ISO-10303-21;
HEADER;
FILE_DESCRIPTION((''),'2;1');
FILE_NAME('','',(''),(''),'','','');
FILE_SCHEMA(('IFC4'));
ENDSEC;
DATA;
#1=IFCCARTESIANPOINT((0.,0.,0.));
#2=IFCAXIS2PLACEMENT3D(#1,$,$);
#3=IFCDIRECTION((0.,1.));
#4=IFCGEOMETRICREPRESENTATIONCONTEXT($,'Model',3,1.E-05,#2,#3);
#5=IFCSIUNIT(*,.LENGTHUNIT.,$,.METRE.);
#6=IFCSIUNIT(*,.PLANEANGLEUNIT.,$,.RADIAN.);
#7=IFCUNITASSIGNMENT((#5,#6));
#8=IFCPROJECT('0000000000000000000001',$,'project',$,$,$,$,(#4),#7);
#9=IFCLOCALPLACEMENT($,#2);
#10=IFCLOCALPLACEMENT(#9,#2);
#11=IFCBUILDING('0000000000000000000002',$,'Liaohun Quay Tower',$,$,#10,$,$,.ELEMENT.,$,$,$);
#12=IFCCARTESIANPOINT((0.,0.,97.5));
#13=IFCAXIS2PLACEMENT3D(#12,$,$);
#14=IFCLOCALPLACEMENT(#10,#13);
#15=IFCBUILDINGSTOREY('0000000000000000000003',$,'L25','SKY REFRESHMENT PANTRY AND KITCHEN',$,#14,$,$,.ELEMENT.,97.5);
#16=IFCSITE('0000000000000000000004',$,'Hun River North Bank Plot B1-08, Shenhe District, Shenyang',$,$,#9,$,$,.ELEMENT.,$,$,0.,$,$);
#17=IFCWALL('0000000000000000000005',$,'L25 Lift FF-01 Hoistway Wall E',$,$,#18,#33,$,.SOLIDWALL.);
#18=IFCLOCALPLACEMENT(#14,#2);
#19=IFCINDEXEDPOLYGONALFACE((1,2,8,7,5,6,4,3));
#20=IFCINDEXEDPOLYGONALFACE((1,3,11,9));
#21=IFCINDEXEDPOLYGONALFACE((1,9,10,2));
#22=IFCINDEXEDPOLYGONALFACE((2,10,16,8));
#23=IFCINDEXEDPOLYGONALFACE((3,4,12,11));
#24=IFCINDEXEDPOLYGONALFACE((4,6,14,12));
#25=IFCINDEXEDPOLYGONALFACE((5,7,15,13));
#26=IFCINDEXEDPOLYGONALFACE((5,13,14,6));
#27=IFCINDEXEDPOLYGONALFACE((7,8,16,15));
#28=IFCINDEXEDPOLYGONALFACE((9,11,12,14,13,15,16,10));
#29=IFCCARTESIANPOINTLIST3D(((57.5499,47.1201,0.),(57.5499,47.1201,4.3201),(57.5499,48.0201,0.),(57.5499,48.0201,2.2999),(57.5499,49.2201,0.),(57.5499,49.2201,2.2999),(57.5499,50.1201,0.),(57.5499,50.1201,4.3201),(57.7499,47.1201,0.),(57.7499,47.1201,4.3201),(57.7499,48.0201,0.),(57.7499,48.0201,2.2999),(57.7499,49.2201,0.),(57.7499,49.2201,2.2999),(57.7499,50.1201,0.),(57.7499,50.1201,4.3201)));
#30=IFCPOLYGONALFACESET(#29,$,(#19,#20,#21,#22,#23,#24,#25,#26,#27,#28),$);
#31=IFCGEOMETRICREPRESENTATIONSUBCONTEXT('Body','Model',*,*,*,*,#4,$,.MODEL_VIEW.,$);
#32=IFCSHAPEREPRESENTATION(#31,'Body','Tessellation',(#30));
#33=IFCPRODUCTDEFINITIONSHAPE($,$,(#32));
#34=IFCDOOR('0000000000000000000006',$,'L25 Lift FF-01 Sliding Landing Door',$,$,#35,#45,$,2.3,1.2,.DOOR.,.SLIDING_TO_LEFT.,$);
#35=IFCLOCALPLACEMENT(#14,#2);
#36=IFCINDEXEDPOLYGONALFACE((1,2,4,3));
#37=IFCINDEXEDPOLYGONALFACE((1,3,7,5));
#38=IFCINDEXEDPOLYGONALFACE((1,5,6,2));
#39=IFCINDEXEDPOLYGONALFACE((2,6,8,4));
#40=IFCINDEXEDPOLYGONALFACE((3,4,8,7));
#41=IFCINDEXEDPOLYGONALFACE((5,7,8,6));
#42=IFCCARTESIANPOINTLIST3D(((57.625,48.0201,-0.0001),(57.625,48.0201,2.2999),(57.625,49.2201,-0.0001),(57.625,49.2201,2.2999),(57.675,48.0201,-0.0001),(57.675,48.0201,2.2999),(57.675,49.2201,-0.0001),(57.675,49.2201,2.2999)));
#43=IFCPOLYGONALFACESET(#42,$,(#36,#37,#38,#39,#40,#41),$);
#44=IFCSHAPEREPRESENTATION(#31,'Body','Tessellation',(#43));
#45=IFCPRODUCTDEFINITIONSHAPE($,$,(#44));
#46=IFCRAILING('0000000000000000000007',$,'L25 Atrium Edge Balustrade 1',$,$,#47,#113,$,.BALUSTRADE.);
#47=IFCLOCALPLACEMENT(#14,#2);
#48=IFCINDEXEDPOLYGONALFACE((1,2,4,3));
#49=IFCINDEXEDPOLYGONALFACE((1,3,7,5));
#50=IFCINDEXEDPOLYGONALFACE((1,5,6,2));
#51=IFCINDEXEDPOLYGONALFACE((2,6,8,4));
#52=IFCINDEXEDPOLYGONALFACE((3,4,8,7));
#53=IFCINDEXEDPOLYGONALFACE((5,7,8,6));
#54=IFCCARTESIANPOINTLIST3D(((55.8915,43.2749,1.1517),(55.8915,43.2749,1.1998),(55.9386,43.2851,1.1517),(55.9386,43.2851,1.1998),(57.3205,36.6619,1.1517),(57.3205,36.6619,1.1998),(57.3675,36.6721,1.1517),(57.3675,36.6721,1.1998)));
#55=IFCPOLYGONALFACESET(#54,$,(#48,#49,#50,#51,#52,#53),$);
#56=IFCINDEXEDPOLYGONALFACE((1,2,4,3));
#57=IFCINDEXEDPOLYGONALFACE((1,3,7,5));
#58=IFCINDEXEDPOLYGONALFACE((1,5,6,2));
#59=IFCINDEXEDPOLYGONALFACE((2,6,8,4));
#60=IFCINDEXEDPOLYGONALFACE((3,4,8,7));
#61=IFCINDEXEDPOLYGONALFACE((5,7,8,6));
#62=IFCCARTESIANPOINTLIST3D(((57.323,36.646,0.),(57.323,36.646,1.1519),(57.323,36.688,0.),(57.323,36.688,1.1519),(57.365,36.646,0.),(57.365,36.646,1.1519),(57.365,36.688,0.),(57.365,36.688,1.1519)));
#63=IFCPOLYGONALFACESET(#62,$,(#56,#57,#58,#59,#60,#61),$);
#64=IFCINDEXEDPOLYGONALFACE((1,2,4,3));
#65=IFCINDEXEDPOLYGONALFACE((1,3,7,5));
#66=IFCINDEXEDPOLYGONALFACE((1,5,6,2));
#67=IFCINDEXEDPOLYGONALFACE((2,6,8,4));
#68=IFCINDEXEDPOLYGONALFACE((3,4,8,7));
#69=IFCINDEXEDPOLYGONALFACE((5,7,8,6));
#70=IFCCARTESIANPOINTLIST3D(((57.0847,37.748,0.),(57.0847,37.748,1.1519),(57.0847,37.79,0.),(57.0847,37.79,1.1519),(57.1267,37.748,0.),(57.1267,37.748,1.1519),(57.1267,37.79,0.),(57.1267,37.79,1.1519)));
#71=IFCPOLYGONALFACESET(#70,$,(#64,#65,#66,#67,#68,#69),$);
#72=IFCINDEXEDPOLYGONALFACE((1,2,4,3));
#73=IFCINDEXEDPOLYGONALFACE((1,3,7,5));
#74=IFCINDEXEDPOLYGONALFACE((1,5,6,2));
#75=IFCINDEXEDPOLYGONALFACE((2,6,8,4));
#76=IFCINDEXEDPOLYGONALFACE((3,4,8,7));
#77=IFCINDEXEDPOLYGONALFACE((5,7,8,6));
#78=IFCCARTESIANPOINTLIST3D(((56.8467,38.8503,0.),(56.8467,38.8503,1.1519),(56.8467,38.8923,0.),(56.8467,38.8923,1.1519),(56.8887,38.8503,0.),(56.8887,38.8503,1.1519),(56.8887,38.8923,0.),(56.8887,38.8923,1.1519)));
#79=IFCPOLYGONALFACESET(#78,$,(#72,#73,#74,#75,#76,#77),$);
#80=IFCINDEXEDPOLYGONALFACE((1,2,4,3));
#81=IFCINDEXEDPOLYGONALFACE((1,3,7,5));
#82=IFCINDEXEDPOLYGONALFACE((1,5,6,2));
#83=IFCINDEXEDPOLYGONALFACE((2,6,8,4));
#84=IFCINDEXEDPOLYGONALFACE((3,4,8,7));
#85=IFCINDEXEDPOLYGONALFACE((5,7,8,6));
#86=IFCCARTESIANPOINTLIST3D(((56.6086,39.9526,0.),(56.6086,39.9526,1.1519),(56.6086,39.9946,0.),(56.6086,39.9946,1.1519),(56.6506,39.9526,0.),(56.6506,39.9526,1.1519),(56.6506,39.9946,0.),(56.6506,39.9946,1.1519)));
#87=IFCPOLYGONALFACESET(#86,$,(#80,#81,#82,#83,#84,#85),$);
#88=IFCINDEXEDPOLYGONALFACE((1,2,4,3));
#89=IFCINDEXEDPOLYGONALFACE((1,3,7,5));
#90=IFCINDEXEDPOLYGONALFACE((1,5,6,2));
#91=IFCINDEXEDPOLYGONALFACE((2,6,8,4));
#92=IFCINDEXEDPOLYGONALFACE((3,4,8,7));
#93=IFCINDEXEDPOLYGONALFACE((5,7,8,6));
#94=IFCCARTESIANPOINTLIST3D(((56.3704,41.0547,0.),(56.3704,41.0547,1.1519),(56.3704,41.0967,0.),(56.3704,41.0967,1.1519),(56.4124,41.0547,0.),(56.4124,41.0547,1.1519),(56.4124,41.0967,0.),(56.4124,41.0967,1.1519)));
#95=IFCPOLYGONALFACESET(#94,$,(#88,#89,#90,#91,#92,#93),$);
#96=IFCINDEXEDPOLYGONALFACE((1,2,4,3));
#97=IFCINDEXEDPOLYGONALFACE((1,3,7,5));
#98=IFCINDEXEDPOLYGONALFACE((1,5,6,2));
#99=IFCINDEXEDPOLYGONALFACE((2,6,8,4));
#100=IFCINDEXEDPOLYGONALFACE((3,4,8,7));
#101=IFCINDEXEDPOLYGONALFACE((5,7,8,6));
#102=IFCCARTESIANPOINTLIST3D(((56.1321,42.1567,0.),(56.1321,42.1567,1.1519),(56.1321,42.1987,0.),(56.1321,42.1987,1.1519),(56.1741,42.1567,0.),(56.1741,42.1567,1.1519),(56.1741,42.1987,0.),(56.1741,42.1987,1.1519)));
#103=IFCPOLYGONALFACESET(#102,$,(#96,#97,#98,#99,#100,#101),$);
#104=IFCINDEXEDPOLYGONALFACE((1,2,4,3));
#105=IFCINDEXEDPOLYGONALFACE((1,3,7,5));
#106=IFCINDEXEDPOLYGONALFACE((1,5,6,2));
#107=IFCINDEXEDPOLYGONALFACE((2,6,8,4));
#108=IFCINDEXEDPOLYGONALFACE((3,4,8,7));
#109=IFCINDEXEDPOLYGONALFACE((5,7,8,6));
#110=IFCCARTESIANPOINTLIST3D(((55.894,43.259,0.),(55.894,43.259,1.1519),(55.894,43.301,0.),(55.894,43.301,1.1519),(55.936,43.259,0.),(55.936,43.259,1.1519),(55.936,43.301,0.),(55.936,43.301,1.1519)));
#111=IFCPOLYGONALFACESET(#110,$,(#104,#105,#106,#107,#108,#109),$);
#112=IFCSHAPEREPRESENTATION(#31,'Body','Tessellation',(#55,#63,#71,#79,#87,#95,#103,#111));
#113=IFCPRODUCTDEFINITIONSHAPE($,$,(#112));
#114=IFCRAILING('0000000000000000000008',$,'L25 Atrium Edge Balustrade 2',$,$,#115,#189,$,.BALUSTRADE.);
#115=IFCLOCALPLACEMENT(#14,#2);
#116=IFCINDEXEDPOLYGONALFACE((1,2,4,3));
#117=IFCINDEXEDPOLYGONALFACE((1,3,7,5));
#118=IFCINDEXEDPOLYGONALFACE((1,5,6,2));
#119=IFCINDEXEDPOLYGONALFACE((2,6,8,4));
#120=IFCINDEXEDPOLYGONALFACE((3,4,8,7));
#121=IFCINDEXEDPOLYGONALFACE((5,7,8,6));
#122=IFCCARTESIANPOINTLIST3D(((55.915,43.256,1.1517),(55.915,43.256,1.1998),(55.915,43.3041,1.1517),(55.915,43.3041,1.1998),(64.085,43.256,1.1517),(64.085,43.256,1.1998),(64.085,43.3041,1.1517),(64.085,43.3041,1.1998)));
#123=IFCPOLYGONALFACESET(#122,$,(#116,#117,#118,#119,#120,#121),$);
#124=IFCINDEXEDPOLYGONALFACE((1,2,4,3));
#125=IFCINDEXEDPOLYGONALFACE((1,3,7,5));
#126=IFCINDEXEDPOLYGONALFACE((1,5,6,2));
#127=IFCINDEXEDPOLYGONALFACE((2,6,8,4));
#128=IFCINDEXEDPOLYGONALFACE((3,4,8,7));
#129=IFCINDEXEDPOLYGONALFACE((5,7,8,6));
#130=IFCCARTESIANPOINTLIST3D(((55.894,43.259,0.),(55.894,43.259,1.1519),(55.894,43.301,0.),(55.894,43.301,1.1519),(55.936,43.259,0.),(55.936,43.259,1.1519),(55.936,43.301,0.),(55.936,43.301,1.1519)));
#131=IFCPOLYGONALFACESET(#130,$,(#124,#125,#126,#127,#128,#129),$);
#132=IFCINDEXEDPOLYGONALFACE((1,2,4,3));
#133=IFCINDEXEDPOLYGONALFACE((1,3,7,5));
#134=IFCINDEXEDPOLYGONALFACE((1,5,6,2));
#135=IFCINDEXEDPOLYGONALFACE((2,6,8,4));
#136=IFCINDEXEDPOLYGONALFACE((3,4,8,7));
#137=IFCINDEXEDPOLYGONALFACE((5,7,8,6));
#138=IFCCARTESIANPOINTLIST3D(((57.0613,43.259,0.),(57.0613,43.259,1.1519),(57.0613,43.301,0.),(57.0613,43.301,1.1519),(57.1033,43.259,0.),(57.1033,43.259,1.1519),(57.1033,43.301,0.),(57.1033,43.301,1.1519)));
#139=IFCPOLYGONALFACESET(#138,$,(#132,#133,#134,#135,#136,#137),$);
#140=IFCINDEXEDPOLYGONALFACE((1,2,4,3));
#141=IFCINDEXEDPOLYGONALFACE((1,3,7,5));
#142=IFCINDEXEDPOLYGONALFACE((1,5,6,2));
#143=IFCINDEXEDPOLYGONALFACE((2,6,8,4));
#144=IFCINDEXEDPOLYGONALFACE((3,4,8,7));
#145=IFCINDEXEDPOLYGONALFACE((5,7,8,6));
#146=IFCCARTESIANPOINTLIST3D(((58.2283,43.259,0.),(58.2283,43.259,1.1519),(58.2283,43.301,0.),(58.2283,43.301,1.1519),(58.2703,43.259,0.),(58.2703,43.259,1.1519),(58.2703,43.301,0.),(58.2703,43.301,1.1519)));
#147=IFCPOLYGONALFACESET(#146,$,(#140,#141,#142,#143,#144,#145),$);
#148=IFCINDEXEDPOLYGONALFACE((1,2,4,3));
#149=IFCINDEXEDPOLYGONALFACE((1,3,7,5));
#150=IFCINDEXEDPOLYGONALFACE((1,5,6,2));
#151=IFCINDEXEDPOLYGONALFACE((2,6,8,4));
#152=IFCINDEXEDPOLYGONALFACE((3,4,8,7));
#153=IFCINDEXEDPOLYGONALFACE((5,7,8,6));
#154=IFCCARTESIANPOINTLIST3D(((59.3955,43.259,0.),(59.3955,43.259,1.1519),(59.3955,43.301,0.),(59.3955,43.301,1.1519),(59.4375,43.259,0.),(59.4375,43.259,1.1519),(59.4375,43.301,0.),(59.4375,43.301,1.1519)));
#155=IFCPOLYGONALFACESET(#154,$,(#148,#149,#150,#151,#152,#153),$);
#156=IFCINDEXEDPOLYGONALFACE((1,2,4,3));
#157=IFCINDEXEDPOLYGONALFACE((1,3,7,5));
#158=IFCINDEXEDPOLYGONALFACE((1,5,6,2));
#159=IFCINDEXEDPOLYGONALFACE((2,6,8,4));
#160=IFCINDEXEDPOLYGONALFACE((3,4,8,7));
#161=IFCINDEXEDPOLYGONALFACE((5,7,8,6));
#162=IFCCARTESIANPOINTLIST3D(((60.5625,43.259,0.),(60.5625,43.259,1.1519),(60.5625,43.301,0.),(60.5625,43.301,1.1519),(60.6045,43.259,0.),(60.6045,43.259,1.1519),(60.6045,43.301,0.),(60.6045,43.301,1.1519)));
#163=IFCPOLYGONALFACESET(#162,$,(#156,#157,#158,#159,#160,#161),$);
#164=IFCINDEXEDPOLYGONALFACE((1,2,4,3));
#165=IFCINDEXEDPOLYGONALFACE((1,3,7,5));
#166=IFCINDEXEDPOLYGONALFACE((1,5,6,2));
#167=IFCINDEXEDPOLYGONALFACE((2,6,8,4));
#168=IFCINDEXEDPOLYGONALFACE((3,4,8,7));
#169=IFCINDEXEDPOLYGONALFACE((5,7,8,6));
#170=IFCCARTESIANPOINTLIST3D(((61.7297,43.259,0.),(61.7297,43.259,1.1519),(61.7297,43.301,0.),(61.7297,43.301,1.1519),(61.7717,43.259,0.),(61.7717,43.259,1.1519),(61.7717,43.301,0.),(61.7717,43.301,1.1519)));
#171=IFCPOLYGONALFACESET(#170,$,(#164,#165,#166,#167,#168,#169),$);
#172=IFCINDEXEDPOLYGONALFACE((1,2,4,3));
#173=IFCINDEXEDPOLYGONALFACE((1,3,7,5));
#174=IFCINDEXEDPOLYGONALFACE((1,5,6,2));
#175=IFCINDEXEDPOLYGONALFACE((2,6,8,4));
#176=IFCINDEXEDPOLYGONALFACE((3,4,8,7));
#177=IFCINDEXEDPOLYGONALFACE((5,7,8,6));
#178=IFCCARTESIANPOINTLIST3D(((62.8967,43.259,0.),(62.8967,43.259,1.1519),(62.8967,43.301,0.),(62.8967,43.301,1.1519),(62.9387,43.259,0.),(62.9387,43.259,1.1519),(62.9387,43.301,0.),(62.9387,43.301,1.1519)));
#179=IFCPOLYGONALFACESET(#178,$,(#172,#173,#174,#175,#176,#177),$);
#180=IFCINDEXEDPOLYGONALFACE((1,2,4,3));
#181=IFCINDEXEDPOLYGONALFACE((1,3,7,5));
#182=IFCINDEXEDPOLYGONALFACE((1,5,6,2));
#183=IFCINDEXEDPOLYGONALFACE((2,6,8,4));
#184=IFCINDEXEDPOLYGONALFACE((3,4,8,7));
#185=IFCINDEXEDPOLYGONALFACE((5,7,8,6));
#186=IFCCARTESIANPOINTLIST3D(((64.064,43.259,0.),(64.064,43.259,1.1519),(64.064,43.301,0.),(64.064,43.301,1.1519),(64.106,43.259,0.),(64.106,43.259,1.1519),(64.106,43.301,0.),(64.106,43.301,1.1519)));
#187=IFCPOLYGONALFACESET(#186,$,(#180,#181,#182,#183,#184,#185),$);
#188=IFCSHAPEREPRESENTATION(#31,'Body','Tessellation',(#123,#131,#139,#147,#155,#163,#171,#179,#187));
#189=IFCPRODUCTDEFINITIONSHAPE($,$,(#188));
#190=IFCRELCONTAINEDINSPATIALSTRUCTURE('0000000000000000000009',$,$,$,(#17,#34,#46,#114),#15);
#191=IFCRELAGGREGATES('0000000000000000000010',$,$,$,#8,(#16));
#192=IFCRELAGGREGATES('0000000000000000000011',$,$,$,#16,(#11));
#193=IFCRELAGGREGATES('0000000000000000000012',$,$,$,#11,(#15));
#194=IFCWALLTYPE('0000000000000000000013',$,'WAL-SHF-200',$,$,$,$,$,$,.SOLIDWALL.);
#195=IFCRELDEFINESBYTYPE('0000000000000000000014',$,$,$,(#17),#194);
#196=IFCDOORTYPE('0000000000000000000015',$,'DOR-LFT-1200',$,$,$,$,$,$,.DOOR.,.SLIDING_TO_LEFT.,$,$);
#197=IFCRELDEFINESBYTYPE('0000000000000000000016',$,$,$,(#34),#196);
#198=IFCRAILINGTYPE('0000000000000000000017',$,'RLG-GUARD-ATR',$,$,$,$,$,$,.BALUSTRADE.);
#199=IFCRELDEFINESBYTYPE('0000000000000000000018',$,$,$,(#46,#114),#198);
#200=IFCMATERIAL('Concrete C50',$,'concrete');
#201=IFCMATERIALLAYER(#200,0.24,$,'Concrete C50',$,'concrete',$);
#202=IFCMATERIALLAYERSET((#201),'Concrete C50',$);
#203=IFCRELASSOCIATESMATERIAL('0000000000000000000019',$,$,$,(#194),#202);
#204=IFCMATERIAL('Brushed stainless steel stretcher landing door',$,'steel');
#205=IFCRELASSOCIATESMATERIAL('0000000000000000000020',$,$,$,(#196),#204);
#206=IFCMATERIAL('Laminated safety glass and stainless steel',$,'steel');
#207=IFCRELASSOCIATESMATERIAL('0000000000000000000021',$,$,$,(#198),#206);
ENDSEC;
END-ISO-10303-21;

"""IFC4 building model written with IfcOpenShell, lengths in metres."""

from ifc_helpers import new_model, si_unit, direction, frame, frame_2d, origin, origin_2d, place, context, subcontext, project, spatial, rectangle, extrude, source, transform, mapped, material, layer, layer_set, type_object, element, fill, save


model = new_model("IFC4")

# Units and contexts
model_context = context("Model", 3, precision=1e-05, world=origin(), true_north=direction((0.0, 1.0)))
body_context = subcontext(model_context, "Body", "Model", "MODEL_VIEW")
ifc_project = project(units=[si_unit("LENGTHUNIT", "METRE"), si_unit("PLANEANGLEUNIT", "RADIAN")], contexts=[model_context])

# Site, building, storey
site_placement = place(None, origin())
site = spatial("IfcSite", under=ifc_project, at=site_placement, Name="Hun River North Bank Plot B1-08, Shenhe District, Shenyang", CompositionType="ELEMENT", RefElevation=0.0)
building_placement = place(site_placement, origin())
building = spatial("IfcBuilding", under=site, at=building_placement, Name="Liaohun Quay Tower", CompositionType="ELEMENT")
storey_placement = place(building_placement, frame((0.0, 0.0, 97.5)))
storey = spatial("IfcBuildingStorey", under=building, at=storey_placement, Name="L25", Description="SKY REFRESHMENT PANTRY AND KITCHEN", CompositionType="ELEMENT", Elevation=97.5)

# Shared definitions
ifc_material_1 = material(Name="Concrete C50", Category="concrete")
ifc_layer_1 = layer(ifc_material_1, 0.24, Name="Concrete C50", Category="concrete")
ifc_layer_set_1 = layer_set([ifc_layer_1], Name="Concrete C50")
wall_type_1 = type_object("IfcWallType", Name="WAL-SHF-200", PredefinedType="SOLIDWALL", material=ifc_layer_set_1)

# Wall, opening, door
wall_1_placement = place(storey_placement, frame((57.6499, 47.1201, 0.0), z_axis=(0.0, 0.0, 1.0), x_axis=(0.0, 1.0, 0.0)))
wall_1 = element("IfcWall", 1, at=wall_1_placement, inside=storey, type_object=wall_type_1, Name="L25 Lift FF-01 Hoistway Wall E", PredefinedType="SOLIDWALL", context=body_context, shape_type="SweptSolid", body=[
    extrude(rectangle(XDim=3.0, YDim=0.2, at=frame_2d((1.5, 0.0))), origin(), (0.0, 0.0, 1.0), 4.3201),
])
shared_shape_1 = source(origin(), body_context, "Body", "SweptSolid", [
    extrude(rectangle(XDim=1.2, YDim=2.3, at=frame_2d((0.6001, 1.1499))), frame((0.0, 0.1099, 0.0), z_axis=(0.0, -1.0, 0.0), x_axis=(1.0, 0.0, 0.0)), (0.0, 0.0, 1.0), 0.22),
])
opening_1_placement = place(wall_1_placement, frame((0.8999, 0.0, 0.0)))
opening_1 = element("IfcOpeningElement", 2, at=opening_1_placement, cuts=wall_1, PredefinedType="OPENING", context=body_context, shape_type="MappedRepresentation", body=[
    mapped(shared_shape_1, transform((0.0, 0.0, 0.0), x_axis=(1.0, 0.0, 0.0), y_axis=(0.0, 1.0, 0.0), z_axis=(0.0, 0.0, 1.0), scale=1.0)),
])
ifc_material_2 = material(Name="Brushed stainless steel stretcher landing door", Category="steel")
door_type = type_object("IfcDoorType", Name="DOR-LFT-1200", OperationType="SLIDING_TO_LEFT", PredefinedType="DOOR", material=ifc_material_2)
shared_shape_2 = source(origin(), body_context, "Body", "SweptSolid", [
    extrude(rectangle(XDim=1.2, YDim=2.3, at=frame_2d((0.6001, 1.1499))), frame((0.0, 0.0249, 0.0), z_axis=(0.0, -1.0, 0.0), x_axis=(1.0, 0.0, 0.0)), (0.0, 0.0, 1.0), 0.05),
])
door_placement = place(opening_1_placement, origin())
door = element("IfcDoor", 3, at=door_placement, inside=storey, type_object=door_type, Name="L25 Lift FF-01 Sliding Landing Door", OperationType="SLIDING_TO_LEFT", OverallHeight=2.3, OverallWidth=1.2, PredefinedType="DOOR", context=body_context, shape_type="MappedRepresentation", body=[
    mapped(shared_shape_2, transform((0.0, 0.0, 0.0), x_axis=(1.0, 0.0, 0.0), y_axis=(0.0, 1.0, 0.0), z_axis=(0.0, 0.0, 1.0), scale=1.0)),
])
fill(opening_1, door)

# Railings
ifc_material_3 = material(Name="Laminated safety glass and stainless steel", Category="steel")
railing_type = type_object("IfcRailingType", Name="RLG-GUARD-ATR", PredefinedType="BALUSTRADE", material=ifc_material_3)
railing_1_placement = place(storey_placement, frame((57.344, 36.667, 0.0)))
element("IfcRailing", 4, at=railing_1_placement, inside=storey, type_object=railing_type, Name="L25 Atrium Edge Balustrade 1", PredefinedType="BALUSTRADE", context=body_context, shape_type="SweptSolid", body=[
    extrude(rectangle(XDim=0.0481, YDim=0.0481, at=origin_2d()), frame((0.0, 0.0, 1.1758), z_axis=(-0.211207, 0.977441, 0.0), x_axis=(-0.977441, -0.211207, 0.0)), (0.0, 0.0, 1.0), 6.7656),
    extrude(rectangle(XDim=0.042, YDim=0.042, at=origin_2d()), origin(), (0.0, 0.0, 1.0), 1.1519),
    extrude(rectangle(XDim=0.042, YDim=0.042, at=origin_2d()), frame((-0.2383, 1.1021, 0.0)), (0.0, 0.0, 1.0), 1.1519),
    extrude(rectangle(XDim=0.042, YDim=0.042, at=origin_2d()), frame((-0.4763, 2.2043, 0.0)), (0.0, 0.0, 1.0), 1.1519),
    extrude(rectangle(XDim=0.042, YDim=0.042, at=origin_2d()), frame((-0.7144, 3.3066, 0.0)), (0.0, 0.0, 1.0), 1.1519),
    extrude(rectangle(XDim=0.042, YDim=0.042, at=origin_2d()), frame((-0.9526, 4.4087, 0.0)), (0.0, 0.0, 1.0), 1.1519),
    extrude(rectangle(XDim=0.042, YDim=0.042, at=origin_2d()), frame((-1.1909, 5.5107, 0.0)), (0.0, 0.0, 1.0), 1.1519),
    extrude(rectangle(XDim=0.042, YDim=0.042, at=origin_2d()), frame((-1.429, 6.613, 0.0)), (0.0, 0.0, 1.0), 1.1519),
])
railing_2_placement = place(storey_placement, frame((55.915, 43.28, 0.0)))
element("IfcRailing", 5, at=railing_2_placement, inside=storey, type_object=railing_type, Name="L25 Atrium Edge Balustrade 2", PredefinedType="BALUSTRADE", context=body_context, shape_type="SweptSolid", body=[
    extrude(rectangle(XDim=0.0481, YDim=0.0481, at=origin_2d()), frame((0.0, 0.0, 1.1758), z_axis=(1.0, 0.0, 0.0), x_axis=(0.0, 1.0, 0.0)), (0.0, 0.0, 1.0), 8.1699),
    extrude(rectangle(XDim=0.042, YDim=0.042, at=origin_2d()), origin(), (0.0, 0.0, 1.0), 1.1519),
    extrude(rectangle(XDim=0.042, YDim=0.042, at=origin_2d()), frame((1.1672, 0.0, 0.0)), (0.0, 0.0, 1.0), 1.1519),
    extrude(rectangle(XDim=0.042, YDim=0.042, at=origin_2d()), frame((2.3342, 0.0, 0.0)), (0.0, 0.0, 1.0), 1.1519),
    extrude(rectangle(XDim=0.042, YDim=0.042, at=origin_2d()), frame((3.5015, 0.0, 0.0)), (0.0, 0.0, 1.0), 1.1519),
    extrude(rectangle(XDim=0.042, YDim=0.042, at=origin_2d()), frame((4.6685, 0.0, 0.0)), (0.0, 0.0, 1.0), 1.1519),
    extrude(rectangle(XDim=0.042, YDim=0.042, at=origin_2d()), frame((5.8357, 0.0, 0.0)), (0.0, 0.0, 1.0), 1.1519),
    extrude(rectangle(XDim=0.042, YDim=0.042, at=origin_2d()), frame((7.0027, 0.0, 0.0)), (0.0, 0.0, 1.0), 1.1519),
    extrude(rectangle(XDim=0.042, YDim=0.042, at=origin_2d()), frame((8.1699, 0.0, 0.0)), (0.0, 0.0, 1.0), 1.1519),
])

save(model, "model.ifc")
